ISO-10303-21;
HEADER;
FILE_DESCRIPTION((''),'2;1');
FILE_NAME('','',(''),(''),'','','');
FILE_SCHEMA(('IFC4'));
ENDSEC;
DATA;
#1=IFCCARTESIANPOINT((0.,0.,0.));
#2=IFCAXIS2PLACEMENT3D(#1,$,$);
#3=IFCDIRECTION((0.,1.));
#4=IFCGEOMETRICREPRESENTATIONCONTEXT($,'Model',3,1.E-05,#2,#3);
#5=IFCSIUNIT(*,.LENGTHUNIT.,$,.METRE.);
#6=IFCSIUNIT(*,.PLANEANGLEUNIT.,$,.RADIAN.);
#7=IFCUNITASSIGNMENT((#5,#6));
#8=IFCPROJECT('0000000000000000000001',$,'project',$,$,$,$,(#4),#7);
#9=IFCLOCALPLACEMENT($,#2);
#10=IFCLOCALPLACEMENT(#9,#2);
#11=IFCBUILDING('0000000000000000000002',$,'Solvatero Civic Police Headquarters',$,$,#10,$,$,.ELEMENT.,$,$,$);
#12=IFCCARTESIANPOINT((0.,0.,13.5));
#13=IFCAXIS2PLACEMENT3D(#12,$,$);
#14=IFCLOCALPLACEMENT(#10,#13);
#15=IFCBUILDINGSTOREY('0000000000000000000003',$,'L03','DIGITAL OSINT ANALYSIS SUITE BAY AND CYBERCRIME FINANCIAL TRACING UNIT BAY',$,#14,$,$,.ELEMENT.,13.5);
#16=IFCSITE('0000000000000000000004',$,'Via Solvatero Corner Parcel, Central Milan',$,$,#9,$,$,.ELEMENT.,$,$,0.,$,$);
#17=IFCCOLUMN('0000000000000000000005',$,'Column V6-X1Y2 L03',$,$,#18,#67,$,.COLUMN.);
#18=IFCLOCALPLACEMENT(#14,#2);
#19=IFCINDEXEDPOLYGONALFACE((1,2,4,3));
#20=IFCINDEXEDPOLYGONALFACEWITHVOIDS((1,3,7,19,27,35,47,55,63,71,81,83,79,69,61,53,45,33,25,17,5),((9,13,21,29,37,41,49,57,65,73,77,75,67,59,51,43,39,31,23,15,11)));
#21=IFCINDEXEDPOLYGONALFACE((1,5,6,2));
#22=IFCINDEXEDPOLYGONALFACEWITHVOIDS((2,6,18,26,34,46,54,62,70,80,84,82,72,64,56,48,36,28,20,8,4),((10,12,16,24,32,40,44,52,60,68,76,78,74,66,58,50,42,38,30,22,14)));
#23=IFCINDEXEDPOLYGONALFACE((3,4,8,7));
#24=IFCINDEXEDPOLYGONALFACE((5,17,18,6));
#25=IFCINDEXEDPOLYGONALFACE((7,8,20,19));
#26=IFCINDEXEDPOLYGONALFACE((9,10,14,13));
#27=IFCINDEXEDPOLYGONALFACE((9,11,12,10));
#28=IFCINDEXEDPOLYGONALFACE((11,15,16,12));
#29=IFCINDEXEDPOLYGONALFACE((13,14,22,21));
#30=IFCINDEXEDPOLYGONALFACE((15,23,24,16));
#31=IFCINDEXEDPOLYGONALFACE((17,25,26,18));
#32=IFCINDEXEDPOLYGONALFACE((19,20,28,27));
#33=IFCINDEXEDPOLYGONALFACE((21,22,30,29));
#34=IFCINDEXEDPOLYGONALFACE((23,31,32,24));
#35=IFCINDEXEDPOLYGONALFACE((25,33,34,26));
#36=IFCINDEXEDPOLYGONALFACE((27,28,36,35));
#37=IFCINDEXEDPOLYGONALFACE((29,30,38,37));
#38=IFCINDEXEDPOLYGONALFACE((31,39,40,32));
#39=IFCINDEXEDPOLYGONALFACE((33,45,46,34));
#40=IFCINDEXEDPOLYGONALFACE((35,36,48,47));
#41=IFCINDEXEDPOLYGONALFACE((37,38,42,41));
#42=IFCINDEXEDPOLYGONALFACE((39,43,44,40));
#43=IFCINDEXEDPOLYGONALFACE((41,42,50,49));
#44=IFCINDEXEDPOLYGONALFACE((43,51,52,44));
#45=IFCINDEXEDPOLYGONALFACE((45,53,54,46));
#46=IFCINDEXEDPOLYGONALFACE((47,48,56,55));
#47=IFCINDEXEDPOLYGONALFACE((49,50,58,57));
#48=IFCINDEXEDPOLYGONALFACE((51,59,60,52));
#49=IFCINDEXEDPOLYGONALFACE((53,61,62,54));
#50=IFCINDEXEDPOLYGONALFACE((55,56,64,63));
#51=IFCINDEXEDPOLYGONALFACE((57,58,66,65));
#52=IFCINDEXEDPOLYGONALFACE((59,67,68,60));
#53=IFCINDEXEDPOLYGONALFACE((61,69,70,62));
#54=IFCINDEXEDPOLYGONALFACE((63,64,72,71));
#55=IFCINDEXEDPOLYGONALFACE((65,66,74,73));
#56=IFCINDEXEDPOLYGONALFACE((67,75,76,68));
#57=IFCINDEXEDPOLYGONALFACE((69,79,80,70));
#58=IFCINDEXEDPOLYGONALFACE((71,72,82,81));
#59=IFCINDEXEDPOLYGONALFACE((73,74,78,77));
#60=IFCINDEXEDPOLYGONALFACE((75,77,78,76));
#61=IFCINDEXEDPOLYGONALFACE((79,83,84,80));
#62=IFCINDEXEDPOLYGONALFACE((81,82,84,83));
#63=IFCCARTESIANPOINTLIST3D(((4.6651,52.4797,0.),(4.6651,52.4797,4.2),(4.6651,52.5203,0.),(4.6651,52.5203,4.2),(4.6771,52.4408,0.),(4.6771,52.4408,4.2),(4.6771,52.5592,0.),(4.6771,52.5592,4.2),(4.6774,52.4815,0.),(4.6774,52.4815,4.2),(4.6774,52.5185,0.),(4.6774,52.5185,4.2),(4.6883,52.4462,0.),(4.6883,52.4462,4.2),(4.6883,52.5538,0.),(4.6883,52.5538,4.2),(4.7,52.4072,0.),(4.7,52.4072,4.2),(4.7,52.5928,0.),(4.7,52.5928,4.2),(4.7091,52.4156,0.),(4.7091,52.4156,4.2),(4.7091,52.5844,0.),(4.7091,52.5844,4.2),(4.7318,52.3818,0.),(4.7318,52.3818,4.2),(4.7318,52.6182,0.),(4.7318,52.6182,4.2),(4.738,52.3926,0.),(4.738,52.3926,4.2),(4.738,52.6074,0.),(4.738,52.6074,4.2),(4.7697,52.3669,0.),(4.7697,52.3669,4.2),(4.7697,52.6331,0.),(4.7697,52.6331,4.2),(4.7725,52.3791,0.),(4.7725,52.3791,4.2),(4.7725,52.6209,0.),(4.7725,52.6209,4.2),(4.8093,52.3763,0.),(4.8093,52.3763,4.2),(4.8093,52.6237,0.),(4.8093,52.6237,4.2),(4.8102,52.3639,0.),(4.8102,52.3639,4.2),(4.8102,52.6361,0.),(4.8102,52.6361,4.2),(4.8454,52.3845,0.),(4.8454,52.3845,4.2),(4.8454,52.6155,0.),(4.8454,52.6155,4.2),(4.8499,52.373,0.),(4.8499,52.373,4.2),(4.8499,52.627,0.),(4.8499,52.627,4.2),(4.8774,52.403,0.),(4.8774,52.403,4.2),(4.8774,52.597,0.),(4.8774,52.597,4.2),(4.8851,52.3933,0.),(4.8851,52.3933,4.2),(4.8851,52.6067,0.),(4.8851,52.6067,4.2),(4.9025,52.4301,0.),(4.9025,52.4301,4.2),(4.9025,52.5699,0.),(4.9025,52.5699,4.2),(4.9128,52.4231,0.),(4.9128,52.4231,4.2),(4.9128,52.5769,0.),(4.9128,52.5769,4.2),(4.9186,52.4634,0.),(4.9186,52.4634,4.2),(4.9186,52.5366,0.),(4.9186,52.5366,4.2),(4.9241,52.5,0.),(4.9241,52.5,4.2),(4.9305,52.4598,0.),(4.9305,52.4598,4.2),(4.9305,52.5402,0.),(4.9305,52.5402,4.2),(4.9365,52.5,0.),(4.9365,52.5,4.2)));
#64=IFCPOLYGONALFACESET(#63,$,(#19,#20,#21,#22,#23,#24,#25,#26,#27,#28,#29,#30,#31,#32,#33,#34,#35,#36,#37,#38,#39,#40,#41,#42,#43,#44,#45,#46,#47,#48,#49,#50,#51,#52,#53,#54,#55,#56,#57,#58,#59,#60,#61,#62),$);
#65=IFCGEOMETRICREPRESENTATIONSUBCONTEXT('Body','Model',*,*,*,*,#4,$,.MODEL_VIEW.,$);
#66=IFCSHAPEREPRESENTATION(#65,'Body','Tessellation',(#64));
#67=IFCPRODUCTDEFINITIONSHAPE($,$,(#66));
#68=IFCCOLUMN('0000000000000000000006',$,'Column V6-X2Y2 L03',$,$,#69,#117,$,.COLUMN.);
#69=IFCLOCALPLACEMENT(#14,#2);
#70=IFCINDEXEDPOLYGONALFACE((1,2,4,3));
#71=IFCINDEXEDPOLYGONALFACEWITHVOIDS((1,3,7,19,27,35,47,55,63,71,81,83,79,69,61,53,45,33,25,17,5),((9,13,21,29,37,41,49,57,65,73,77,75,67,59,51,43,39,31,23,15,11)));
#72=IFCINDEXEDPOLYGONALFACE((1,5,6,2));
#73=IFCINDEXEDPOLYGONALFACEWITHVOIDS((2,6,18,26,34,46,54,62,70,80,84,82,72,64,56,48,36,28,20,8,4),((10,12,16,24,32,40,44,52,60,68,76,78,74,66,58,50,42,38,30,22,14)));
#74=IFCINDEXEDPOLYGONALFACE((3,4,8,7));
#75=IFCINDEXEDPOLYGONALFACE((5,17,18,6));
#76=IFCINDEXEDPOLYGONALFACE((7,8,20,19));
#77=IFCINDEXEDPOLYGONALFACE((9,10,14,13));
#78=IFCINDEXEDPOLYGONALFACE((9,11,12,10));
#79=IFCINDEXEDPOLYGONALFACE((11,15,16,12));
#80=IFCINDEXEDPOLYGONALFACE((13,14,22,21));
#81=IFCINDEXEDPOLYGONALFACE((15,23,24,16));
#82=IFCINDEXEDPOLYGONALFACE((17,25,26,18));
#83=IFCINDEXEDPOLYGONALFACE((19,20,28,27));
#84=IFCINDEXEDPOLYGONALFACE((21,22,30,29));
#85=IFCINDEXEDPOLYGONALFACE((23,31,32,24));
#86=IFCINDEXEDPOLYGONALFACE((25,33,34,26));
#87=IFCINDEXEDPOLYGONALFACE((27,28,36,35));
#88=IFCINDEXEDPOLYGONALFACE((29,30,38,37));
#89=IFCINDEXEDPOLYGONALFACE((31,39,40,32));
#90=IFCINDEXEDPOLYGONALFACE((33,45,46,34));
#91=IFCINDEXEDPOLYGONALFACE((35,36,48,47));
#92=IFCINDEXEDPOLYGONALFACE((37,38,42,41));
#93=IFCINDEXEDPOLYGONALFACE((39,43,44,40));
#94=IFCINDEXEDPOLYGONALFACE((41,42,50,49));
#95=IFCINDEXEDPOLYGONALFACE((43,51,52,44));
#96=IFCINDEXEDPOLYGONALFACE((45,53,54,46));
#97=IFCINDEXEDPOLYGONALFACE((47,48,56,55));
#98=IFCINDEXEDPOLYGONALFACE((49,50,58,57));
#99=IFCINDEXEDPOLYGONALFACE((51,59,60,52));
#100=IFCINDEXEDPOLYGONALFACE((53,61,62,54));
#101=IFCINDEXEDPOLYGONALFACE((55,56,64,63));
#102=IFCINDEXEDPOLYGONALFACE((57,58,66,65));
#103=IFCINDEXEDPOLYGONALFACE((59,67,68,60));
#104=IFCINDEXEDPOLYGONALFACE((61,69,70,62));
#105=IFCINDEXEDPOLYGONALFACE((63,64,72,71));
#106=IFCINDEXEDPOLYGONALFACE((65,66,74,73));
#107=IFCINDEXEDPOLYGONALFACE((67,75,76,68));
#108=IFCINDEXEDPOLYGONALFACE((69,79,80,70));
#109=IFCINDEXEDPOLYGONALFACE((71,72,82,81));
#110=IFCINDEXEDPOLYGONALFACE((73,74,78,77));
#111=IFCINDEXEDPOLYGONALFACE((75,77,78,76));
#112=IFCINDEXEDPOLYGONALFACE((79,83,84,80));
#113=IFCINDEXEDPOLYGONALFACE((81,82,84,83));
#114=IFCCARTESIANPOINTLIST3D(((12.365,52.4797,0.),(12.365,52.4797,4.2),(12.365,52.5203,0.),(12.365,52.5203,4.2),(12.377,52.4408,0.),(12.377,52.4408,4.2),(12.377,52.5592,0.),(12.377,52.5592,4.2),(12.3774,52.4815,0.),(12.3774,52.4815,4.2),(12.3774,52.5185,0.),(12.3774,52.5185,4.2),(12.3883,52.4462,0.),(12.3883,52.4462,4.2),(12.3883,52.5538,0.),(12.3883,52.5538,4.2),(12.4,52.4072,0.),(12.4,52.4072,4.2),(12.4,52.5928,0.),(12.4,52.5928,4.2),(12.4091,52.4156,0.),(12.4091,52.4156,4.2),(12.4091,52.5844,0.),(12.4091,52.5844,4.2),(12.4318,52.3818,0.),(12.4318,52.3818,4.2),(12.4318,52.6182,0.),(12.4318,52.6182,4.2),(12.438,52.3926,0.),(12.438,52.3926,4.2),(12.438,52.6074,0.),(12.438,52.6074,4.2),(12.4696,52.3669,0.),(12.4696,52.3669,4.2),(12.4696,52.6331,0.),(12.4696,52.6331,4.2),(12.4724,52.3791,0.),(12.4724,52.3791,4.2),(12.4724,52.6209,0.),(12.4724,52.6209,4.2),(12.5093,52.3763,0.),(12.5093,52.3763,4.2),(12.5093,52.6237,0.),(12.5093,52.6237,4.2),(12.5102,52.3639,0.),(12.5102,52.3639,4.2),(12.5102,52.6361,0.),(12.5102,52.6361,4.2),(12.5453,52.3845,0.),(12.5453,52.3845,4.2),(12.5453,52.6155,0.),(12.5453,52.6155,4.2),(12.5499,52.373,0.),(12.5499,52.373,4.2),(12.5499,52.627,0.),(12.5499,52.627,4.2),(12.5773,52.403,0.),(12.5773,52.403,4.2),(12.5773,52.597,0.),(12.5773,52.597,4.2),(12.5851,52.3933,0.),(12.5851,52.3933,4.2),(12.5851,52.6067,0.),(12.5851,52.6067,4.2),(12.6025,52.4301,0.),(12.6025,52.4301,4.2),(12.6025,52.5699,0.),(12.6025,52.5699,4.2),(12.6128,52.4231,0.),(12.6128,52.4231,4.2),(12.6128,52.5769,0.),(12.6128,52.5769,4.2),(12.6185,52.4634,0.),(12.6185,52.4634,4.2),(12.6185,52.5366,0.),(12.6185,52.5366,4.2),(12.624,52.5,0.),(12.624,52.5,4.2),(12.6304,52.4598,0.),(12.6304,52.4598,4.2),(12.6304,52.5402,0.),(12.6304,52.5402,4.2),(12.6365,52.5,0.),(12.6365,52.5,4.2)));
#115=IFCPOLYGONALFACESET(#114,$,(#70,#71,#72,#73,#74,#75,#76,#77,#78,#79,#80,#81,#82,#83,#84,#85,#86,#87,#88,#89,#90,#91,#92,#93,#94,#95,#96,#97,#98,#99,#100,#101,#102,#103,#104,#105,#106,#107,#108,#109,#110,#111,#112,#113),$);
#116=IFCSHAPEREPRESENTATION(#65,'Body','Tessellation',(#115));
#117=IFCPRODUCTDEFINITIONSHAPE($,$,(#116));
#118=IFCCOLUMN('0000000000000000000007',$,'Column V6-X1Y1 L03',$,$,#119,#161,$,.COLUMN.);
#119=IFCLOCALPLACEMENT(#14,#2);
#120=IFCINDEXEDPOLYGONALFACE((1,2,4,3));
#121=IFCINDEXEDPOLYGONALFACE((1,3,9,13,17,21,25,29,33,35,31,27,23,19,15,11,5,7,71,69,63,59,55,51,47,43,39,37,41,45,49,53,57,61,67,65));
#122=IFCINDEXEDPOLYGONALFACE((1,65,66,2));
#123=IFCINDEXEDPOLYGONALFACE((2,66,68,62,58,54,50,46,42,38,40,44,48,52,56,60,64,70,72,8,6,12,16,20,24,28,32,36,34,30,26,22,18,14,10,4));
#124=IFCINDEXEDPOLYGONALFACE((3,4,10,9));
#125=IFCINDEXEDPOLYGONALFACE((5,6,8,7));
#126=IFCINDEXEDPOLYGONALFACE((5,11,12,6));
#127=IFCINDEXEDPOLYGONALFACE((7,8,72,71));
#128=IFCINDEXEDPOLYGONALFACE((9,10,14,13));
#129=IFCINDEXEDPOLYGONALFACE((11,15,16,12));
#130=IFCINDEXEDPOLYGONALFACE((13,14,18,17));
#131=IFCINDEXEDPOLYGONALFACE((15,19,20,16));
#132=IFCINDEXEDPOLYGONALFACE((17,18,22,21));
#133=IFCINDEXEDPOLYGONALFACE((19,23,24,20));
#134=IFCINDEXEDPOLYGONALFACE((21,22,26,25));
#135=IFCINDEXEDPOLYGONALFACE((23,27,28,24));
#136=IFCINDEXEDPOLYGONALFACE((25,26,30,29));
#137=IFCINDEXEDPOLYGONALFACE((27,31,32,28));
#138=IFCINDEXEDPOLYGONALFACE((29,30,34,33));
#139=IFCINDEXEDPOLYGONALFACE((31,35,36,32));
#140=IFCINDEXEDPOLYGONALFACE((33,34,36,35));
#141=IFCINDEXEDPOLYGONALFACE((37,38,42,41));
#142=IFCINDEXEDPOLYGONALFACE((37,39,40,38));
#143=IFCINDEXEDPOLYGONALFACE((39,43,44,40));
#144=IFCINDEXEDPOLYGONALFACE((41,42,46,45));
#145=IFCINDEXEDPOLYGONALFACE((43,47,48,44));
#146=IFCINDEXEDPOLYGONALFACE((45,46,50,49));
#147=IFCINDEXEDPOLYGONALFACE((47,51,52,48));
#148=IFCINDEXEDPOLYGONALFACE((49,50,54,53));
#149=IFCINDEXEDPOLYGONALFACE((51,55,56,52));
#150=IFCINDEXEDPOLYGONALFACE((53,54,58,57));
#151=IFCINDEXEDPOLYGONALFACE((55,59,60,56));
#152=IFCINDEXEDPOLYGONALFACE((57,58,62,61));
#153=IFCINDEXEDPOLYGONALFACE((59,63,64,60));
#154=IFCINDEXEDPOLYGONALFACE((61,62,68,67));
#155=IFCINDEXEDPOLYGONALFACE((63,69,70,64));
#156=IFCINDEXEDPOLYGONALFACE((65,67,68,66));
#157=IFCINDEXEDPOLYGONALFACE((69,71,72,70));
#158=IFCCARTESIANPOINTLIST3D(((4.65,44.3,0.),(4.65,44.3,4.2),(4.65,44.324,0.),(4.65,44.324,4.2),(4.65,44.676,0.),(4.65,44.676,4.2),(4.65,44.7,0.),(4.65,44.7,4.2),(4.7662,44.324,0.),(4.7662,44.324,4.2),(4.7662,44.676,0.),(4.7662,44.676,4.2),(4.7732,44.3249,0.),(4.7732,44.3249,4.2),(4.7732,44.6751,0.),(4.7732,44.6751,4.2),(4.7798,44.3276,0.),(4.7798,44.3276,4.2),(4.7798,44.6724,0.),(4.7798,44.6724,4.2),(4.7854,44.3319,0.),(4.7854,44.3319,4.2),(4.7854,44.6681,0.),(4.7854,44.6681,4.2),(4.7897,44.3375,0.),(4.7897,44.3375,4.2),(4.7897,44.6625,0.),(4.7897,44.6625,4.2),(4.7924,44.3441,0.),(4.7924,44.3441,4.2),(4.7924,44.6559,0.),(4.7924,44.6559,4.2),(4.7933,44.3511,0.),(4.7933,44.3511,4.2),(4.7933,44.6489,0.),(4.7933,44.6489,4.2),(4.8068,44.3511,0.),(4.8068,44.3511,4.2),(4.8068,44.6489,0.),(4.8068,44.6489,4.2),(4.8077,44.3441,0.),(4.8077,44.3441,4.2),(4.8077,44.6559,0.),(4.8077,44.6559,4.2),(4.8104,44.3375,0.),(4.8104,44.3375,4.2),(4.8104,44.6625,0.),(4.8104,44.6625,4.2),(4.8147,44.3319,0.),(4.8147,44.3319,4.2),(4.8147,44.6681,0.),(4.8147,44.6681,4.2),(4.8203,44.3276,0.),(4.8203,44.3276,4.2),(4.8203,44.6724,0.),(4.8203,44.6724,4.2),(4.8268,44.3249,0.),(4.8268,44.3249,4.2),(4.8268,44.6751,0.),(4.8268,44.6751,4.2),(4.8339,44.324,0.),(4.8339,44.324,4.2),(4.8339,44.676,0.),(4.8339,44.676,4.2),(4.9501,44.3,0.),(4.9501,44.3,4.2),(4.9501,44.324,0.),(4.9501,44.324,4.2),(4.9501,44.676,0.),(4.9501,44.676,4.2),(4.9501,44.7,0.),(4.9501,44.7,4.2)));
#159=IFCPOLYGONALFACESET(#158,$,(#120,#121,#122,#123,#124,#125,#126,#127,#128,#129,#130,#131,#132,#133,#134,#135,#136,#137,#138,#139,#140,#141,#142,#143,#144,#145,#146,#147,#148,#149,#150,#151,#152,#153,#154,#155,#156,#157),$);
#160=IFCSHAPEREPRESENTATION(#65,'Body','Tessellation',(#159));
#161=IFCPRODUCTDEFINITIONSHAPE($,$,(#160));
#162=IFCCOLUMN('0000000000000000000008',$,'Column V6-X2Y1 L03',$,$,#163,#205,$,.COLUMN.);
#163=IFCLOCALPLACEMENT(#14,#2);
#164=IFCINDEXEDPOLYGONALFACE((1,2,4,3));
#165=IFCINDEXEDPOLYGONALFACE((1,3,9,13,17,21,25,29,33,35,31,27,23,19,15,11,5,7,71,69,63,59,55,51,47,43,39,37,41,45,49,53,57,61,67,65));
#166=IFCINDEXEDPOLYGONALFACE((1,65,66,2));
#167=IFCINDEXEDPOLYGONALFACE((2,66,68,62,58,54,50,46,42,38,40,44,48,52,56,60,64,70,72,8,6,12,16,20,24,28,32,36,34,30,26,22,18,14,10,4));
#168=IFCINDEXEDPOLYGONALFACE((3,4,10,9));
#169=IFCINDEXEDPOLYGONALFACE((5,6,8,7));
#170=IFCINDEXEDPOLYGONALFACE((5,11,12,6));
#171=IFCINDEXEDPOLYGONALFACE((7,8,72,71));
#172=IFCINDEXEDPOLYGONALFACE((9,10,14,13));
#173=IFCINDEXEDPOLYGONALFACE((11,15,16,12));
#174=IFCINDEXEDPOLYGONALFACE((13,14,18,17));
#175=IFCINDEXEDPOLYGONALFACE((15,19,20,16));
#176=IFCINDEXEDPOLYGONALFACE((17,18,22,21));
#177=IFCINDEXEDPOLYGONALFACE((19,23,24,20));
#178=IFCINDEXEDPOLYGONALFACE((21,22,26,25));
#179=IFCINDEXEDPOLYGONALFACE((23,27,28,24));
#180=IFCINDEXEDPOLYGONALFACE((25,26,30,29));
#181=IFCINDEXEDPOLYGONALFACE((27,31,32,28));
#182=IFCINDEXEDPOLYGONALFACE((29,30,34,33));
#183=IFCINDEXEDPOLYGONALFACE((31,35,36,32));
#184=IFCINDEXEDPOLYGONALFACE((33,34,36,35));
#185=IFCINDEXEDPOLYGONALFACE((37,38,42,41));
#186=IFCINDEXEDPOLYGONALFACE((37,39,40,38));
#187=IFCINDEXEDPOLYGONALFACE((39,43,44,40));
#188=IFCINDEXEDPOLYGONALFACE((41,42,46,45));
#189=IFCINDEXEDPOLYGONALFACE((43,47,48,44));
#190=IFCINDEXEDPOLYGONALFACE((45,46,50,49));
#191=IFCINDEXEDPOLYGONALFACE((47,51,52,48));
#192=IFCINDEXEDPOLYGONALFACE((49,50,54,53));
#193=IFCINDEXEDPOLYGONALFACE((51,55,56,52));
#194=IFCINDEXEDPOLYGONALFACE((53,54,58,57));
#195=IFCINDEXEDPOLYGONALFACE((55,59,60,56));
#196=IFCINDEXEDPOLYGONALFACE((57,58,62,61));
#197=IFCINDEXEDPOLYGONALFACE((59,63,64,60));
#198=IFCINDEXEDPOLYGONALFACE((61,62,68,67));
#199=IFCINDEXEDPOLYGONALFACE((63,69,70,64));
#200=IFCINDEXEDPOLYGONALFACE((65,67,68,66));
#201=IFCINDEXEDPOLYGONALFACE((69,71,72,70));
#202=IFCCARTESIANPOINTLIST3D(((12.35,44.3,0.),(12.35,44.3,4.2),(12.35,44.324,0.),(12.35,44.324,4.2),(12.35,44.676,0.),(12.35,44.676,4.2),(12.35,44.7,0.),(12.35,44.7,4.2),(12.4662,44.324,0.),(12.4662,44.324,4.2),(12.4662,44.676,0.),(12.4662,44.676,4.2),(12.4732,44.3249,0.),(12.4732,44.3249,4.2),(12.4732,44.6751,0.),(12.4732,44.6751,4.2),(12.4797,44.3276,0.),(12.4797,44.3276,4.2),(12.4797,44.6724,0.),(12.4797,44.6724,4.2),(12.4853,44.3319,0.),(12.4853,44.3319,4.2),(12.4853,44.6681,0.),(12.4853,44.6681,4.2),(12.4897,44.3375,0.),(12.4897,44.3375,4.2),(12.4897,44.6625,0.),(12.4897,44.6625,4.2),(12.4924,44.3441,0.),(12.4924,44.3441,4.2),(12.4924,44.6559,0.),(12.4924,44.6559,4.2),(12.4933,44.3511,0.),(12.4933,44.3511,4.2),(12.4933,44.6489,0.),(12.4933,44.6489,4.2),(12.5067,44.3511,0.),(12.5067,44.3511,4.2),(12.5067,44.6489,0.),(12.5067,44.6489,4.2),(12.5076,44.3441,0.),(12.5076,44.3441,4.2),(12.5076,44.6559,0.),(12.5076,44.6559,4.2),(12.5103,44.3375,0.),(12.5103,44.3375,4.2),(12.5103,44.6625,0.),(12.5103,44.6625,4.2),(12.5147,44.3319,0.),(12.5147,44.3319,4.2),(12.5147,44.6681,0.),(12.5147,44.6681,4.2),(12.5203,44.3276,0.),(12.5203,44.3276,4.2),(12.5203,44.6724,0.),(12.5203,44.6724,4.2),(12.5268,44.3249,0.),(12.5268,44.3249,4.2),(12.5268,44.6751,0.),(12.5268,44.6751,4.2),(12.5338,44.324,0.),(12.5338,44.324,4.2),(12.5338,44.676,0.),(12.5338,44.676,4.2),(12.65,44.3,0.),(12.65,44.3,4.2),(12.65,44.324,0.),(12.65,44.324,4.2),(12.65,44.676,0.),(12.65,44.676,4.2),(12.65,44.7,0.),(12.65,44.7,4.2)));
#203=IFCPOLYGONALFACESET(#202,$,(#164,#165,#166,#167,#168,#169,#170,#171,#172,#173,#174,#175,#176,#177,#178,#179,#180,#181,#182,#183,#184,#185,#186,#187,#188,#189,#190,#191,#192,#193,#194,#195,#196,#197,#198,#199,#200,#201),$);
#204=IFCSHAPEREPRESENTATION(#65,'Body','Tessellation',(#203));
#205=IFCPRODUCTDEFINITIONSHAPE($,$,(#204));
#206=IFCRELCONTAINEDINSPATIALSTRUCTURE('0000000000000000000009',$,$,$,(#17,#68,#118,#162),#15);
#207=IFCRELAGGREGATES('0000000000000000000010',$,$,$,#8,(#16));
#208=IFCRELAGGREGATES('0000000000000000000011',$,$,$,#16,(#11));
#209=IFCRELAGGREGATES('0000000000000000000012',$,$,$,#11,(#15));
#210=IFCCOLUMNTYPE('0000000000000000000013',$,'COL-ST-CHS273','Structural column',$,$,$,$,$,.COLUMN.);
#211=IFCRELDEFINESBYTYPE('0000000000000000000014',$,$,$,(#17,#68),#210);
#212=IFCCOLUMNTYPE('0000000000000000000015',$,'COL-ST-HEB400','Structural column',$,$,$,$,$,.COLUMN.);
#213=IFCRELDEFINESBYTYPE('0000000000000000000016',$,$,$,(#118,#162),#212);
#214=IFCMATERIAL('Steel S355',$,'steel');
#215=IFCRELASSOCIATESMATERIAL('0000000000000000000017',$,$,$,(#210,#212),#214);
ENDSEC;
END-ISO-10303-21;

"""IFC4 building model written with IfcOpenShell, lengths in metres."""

from ifc_helpers import new_model, si_unit, direction, frame, origin, origin_2d, place, context, subcontext, project, spatial, hollow_circle, i_section, extrude, material, material_profile, profile_set, type_object, element, save


model = new_model("IFC4")

# Units and contexts
model_context = context("Model", 3, precision=1e-05, world=origin(), true_north=direction((0.0, 1.0)))
body_context = subcontext(model_context, "Body", "Model", "MODEL_VIEW")
ifc_project = project(units=[si_unit("LENGTHUNIT", "METRE"), si_unit("PLANEANGLEUNIT", "RADIAN")], contexts=[model_context])

# Site, building, storey
site_placement = place(None, origin())
site = spatial("IfcSite", under=ifc_project, at=site_placement, Name="Via Solvatero Corner Parcel, Central Milan", CompositionType="ELEMENT", RefElevation=0.0)
building_placement = place(site_placement, origin())
building = spatial("IfcBuilding", under=site, at=building_placement, Name="Solvatero Civic Police Headquarters", CompositionType="ELEMENT")
storey_placement = place(building_placement, frame((0.0, 0.0, 13.5)))
storey = spatial("IfcBuildingStorey", under=building, at=storey_placement, Name="L03", Description="DIGITAL OSINT ANALYSIS SUITE BAY AND CYBERCRIME FINANCIAL TRACING UNIT BAY", CompositionType="ELEMENT", Elevation=13.5)

# Columns
ifc_material_1 = material(Name="Steel S355", Category="steel")
ifc_material_profile_1 = material_profile(ifc_material_1, hollow_circle(Radius=0.1365, WallThickness=0.0125, at=origin_2d()), Name="CHS 273.0x12.5")
ifc_profile_set_1 = profile_set([ifc_material_profile_1], Name="Steel S355")
column_type_1 = type_object("IfcColumnType", Name="COL-ST-CHS273", Description="Structural column", PredefinedType="COLUMN", material=ifc_profile_set_1)
for number, where, z_axis, x_axis, name in (
    (1, (4.8, 52.5, 0.0), (0.0, 0.0, 1.0), (1.0, 0.0, 0.0), "Column V6-X1Y2 L03"),
    (2, (12.5, 52.5, 0.0), (0.0, 0.0, 1.0), (1.0, 0.0, 0.0), "Column V6-X2Y2 L03"),
):
    element("IfcColumn", number, at=place(storey_placement, frame(where, z_axis=z_axis, x_axis=x_axis)), inside=storey, type_object=column_type_1, Name=name, PredefinedType="COLUMN", context=body_context, shape_type="SweptSolid", body=[
        extrude(hollow_circle(Radius=0.1365, WallThickness=0.0125, at=origin_2d()), origin(), (0.0, 0.0, 1.0), 4.2),
    ])
ifc_material_profile_2 = material_profile(ifc_material_1, i_section(OverallWidth=0.3, OverallDepth=0.3999, WebThickness=0.0134, FlangeThickness=0.0239, FilletRadius=0.0271, at=origin_2d()), Name="HEB 400")
ifc_profile_set_2 = profile_set([ifc_material_profile_2], Name="Steel S355")
column_type_2 = type_object("IfcColumnType", Name="COL-ST-HEB400", Description="Structural column", PredefinedType="COLUMN", material=ifc_profile_set_2)
for number, where, z_axis, x_axis, name in (
    (3, (4.8, 44.5, 0.0), (0.0, 0.0, 1.0), (1.0, 0.0, 0.0), "Column V6-X1Y1 L03"),
    (4, (12.5, 44.5, 0.0), (0.0, 0.0, 1.0), (1.0, 0.0, 0.0), "Column V6-X2Y1 L03"),
):
    element("IfcColumn", number, at=place(storey_placement, frame(where, z_axis=z_axis, x_axis=x_axis)), inside=storey, type_object=column_type_2, Name=name, PredefinedType="COLUMN", context=body_context, shape_type="SweptSolid", body=[
        extrude(i_section(OverallWidth=0.3, OverallDepth=0.3999, WebThickness=0.0134, FlangeThickness=0.0239, FilletRadius=0.0271, at=origin_2d()), origin(), (0.0, 0.0, 1.0), 4.2),
    ])

save(model, "model.ifc")
